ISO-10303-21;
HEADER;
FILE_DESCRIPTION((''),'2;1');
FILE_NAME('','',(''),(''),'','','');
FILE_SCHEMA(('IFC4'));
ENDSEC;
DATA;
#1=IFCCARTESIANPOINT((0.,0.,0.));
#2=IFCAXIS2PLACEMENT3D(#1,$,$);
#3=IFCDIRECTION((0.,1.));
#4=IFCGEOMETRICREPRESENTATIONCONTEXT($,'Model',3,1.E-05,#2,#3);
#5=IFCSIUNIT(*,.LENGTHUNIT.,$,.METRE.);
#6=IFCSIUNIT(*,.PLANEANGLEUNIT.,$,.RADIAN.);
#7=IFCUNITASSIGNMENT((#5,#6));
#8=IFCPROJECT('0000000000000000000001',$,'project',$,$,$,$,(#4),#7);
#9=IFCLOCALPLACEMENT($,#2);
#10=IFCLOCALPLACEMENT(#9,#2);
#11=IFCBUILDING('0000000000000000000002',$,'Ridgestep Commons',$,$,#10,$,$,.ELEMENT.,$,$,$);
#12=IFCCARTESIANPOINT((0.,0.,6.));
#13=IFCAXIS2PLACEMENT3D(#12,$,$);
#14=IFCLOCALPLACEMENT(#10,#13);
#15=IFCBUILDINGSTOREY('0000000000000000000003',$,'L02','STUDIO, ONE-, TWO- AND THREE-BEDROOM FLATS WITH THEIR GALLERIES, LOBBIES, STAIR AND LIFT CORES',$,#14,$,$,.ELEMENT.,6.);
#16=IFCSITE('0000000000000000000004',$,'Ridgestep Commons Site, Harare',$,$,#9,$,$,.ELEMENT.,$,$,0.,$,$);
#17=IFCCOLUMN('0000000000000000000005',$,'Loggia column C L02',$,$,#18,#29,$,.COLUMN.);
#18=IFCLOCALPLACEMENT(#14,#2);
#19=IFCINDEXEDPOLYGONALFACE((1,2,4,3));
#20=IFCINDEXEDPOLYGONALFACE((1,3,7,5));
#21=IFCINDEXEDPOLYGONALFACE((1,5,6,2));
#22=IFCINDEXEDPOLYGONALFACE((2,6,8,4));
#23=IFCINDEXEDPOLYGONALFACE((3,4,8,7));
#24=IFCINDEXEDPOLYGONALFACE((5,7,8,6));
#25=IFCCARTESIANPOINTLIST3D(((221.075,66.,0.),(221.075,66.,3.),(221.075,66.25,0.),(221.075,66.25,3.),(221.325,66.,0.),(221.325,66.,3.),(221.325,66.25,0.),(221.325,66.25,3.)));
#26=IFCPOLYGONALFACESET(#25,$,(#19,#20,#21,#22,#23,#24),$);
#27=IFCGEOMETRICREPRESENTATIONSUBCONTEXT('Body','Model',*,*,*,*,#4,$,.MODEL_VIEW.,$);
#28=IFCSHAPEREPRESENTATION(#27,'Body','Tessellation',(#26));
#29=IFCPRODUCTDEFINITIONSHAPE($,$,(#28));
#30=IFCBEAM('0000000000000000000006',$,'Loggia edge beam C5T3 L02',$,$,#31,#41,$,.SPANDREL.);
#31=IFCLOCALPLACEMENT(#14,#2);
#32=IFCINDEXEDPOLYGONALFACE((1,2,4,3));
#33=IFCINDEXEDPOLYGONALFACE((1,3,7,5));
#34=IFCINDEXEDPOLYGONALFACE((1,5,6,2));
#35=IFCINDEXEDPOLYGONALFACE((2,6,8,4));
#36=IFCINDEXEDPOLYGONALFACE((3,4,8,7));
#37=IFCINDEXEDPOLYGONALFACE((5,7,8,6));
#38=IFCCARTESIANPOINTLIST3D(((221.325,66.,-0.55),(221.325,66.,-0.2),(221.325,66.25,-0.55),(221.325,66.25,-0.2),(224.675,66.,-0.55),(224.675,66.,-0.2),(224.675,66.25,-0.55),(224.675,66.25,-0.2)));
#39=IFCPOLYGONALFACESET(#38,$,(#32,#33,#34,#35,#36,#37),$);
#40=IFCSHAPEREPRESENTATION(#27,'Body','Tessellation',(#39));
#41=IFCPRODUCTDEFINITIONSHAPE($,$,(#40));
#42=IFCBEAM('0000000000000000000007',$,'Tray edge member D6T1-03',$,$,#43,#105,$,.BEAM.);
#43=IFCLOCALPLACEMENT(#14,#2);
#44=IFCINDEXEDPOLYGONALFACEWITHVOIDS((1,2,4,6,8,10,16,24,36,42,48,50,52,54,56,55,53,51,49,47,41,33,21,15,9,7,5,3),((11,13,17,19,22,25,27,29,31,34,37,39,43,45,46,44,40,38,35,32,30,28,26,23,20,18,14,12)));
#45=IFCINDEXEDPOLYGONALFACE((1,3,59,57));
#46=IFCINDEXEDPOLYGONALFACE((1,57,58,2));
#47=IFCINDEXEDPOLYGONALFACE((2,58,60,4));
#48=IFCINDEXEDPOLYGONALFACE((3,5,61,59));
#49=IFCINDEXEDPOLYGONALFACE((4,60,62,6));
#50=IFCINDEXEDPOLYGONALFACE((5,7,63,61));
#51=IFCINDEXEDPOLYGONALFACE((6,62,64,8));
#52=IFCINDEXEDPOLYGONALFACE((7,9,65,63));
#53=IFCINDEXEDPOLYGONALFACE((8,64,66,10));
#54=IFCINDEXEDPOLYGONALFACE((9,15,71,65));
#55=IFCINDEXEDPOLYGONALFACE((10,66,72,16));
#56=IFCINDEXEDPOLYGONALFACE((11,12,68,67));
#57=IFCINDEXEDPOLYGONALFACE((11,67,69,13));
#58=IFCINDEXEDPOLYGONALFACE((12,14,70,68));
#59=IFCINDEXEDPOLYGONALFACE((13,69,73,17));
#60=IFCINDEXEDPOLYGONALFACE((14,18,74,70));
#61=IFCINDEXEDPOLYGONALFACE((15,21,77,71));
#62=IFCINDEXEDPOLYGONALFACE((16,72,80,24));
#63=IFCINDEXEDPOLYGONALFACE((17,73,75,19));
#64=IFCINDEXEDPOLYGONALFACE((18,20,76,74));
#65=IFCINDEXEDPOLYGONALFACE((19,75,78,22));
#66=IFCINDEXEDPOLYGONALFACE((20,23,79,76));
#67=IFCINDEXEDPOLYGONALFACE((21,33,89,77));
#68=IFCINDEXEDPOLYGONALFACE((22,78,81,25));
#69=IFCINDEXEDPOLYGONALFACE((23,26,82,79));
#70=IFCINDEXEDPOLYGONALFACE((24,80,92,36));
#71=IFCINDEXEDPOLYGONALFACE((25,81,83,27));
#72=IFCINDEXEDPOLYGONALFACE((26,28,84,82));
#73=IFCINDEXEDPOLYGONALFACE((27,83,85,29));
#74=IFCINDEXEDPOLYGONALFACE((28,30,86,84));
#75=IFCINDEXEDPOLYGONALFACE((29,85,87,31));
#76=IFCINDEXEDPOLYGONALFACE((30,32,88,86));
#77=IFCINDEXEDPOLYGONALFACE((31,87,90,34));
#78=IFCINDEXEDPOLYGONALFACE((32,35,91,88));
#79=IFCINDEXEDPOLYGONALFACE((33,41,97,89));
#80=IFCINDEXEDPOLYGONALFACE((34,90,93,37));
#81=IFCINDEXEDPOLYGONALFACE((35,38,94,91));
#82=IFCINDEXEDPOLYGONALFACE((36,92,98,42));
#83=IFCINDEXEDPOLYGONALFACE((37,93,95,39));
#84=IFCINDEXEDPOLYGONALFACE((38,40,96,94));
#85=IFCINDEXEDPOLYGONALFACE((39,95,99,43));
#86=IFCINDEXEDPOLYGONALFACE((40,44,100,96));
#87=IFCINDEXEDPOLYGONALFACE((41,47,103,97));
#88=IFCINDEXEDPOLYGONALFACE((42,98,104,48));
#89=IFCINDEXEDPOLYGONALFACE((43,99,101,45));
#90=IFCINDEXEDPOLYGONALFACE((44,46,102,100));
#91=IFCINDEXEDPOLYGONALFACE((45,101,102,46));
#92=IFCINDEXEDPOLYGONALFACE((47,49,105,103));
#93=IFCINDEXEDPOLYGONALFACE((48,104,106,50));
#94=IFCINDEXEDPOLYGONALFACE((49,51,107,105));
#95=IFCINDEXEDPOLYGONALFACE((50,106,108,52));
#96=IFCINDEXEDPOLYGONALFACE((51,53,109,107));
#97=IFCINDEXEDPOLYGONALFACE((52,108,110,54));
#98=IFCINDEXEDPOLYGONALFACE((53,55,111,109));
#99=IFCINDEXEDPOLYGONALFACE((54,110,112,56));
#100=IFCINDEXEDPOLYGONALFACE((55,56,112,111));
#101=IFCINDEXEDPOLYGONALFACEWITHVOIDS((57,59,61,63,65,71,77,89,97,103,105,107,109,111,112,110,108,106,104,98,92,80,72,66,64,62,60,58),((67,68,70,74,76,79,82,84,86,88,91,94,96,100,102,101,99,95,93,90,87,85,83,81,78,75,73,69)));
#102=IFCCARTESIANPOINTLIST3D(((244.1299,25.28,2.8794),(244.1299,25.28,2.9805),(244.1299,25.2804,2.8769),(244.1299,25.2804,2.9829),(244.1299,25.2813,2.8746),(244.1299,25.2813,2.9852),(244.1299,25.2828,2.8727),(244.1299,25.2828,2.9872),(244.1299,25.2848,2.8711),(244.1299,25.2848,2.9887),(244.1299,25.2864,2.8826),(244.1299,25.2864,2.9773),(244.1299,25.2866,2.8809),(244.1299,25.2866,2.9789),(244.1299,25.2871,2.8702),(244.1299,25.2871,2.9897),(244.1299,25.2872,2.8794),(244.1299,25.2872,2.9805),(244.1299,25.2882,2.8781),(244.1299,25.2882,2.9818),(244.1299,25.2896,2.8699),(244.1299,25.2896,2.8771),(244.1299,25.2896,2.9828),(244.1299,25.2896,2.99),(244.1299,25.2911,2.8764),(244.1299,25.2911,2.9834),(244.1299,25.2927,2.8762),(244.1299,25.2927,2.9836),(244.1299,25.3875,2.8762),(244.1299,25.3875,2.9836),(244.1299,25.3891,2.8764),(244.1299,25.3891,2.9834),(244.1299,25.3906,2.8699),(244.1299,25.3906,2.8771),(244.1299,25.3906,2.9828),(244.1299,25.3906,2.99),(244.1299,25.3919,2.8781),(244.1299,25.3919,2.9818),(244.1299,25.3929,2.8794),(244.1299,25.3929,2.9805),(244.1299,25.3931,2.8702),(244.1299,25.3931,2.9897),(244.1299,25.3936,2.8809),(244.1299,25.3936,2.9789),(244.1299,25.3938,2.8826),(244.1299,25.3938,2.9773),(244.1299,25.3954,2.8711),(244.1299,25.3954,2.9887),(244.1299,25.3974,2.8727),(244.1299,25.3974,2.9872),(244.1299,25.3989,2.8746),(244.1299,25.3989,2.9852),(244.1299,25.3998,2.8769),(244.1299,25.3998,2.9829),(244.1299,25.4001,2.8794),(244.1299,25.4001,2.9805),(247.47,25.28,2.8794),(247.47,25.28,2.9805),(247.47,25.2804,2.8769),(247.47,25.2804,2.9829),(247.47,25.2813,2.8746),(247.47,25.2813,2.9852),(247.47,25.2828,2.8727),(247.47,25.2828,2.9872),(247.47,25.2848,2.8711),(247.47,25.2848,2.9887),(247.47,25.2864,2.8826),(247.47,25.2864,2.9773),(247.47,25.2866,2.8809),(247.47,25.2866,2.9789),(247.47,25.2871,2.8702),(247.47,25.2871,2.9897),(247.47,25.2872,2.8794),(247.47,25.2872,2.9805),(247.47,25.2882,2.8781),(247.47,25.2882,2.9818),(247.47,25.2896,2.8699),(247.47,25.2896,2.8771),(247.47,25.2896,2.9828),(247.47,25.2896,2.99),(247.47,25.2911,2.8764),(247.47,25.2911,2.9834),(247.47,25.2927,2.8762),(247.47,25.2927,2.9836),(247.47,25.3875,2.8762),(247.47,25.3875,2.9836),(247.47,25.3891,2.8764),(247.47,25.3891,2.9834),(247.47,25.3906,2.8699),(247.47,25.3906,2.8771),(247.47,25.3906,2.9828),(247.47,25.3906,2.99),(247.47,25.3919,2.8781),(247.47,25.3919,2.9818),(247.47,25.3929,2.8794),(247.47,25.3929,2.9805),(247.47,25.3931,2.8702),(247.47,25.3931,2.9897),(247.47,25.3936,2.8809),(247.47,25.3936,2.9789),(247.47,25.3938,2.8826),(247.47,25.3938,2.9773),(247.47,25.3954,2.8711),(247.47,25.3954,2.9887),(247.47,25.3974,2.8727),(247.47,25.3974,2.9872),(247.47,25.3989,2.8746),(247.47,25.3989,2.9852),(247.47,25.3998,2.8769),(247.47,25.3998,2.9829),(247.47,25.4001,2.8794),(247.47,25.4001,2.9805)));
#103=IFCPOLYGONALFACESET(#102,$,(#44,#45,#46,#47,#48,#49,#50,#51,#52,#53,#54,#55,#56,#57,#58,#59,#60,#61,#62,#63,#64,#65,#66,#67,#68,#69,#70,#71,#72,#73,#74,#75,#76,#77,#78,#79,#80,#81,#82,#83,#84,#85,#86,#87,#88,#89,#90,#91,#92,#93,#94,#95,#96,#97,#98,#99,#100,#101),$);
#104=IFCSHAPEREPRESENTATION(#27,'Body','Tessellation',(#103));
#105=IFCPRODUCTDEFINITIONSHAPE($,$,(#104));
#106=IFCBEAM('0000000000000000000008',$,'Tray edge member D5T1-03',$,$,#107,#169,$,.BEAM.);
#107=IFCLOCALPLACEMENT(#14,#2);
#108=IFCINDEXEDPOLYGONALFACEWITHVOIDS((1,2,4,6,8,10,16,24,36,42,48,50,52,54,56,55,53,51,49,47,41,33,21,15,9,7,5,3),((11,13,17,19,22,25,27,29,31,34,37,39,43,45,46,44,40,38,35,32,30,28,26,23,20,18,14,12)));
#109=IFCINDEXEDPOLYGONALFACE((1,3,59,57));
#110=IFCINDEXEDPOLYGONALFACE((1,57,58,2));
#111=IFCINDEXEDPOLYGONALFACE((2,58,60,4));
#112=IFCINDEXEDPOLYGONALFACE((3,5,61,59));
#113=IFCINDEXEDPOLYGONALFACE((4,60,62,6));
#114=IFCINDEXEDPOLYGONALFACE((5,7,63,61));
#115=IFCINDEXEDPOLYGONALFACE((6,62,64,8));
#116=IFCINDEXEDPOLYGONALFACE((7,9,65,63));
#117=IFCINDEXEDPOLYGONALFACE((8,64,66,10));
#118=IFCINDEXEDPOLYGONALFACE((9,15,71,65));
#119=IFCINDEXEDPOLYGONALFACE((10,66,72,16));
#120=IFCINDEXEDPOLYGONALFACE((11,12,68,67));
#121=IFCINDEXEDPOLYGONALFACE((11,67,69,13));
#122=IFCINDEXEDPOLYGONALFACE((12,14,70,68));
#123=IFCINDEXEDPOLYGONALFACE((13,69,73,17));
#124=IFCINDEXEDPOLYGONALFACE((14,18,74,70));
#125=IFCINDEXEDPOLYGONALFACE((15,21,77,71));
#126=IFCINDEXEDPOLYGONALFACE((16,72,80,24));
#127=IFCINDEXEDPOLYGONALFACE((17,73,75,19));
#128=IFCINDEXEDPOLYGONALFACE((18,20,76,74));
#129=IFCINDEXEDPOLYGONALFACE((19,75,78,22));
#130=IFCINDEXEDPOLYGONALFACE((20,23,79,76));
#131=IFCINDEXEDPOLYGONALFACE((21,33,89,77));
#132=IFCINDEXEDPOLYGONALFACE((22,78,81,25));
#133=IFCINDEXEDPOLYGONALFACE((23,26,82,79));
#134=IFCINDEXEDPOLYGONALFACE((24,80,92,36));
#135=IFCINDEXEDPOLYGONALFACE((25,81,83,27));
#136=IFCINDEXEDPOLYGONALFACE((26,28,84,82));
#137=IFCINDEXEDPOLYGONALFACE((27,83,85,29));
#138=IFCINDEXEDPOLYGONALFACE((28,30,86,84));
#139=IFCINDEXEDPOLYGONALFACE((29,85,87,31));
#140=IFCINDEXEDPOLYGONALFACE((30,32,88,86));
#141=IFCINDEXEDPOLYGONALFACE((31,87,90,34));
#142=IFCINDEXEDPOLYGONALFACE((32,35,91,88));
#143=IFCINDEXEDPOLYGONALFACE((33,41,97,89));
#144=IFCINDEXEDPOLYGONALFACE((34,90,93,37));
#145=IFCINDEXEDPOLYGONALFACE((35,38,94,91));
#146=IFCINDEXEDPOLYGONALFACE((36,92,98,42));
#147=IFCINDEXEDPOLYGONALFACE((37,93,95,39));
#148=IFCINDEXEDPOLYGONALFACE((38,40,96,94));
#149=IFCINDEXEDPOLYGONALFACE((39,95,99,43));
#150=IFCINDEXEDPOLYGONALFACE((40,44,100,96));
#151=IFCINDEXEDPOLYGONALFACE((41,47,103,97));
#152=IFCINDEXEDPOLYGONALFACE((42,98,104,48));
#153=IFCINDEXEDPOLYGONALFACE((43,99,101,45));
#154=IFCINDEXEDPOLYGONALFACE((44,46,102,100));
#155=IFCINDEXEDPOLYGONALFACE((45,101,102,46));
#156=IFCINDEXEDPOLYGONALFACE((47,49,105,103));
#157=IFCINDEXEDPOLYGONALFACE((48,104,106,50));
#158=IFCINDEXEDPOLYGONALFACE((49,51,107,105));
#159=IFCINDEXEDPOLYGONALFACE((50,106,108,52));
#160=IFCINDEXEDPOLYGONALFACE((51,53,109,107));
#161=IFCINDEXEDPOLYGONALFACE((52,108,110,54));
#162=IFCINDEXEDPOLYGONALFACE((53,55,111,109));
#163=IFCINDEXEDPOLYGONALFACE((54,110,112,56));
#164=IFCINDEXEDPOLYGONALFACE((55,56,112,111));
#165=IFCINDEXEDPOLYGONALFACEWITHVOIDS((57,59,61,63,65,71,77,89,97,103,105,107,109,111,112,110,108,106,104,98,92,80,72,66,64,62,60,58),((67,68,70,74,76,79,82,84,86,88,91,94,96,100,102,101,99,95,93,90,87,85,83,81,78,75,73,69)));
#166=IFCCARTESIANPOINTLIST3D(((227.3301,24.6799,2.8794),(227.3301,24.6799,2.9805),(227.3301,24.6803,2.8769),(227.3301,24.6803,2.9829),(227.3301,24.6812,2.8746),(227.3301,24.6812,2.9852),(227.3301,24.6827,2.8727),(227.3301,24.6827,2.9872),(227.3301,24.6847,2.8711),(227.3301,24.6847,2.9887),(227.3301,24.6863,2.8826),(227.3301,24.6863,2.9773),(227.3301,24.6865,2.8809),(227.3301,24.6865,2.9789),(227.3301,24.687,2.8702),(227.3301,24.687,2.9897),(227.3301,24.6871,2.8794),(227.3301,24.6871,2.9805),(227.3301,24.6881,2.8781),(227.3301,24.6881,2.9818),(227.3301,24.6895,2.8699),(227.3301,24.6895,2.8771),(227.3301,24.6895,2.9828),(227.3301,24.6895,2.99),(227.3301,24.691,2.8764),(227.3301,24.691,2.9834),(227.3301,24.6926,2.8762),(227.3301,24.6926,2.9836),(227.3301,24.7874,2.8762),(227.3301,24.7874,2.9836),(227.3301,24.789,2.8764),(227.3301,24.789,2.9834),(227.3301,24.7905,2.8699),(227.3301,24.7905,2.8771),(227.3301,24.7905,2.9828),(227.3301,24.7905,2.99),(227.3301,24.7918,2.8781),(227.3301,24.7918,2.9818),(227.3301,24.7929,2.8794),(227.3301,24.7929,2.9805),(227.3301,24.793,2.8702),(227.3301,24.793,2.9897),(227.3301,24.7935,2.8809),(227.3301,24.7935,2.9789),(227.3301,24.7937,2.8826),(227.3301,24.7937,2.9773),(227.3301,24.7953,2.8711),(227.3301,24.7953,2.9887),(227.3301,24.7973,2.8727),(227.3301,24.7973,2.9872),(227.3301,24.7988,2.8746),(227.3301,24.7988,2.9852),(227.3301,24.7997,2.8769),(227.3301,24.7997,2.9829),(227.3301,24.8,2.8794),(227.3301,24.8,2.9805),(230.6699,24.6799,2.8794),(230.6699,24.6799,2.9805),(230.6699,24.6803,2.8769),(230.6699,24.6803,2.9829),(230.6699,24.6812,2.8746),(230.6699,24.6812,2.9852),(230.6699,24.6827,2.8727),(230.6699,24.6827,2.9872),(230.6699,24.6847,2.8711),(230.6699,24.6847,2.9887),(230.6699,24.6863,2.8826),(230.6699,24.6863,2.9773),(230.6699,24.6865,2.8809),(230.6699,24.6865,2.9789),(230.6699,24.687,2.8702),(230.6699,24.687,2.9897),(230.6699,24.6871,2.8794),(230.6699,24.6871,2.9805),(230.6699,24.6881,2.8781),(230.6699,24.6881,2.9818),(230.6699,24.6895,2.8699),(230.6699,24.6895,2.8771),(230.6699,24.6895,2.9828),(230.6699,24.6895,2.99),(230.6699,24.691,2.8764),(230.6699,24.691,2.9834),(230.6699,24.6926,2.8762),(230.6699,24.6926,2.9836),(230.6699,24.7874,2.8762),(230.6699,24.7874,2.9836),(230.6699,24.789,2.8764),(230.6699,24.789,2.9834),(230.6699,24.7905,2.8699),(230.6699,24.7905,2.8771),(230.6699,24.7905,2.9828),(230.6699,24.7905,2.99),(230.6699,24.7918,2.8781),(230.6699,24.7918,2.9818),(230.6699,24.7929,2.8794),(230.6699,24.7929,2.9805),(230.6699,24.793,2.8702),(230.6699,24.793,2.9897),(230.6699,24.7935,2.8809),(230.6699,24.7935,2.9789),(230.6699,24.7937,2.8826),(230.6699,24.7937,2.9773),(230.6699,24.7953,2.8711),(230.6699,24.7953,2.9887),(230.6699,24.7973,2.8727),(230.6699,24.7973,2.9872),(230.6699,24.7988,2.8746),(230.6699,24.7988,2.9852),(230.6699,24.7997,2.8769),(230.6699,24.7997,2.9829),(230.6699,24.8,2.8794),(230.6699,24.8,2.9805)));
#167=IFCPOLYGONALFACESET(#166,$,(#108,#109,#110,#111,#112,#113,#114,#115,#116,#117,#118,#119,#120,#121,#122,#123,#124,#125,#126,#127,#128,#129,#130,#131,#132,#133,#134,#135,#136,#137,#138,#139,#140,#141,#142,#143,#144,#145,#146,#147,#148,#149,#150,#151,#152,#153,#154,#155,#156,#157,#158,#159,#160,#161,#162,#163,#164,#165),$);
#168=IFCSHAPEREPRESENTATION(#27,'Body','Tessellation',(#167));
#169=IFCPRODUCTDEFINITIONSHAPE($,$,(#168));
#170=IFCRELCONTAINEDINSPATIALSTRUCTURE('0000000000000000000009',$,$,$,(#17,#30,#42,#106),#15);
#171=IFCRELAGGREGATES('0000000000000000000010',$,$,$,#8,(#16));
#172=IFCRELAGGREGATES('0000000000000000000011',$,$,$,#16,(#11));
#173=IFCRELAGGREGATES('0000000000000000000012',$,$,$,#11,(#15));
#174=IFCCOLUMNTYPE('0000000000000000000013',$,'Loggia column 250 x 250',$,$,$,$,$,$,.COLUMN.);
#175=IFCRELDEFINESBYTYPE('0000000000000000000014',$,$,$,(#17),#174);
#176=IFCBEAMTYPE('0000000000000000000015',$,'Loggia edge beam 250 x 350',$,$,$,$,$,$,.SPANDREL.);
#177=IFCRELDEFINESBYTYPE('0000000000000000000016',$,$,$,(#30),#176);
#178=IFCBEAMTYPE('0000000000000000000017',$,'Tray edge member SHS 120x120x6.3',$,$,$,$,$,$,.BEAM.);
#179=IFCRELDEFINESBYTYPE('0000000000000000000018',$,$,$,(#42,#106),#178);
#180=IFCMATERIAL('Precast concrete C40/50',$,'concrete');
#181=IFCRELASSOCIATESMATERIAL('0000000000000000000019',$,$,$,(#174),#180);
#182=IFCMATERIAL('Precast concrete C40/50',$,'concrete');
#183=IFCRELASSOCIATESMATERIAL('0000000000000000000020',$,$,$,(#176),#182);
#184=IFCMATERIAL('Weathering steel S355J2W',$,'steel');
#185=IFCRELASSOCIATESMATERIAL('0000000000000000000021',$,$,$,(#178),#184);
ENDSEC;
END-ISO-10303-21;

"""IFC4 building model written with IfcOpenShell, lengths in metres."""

from ifc_helpers import new_model, si_unit, direction, frame, origin, origin_2d, place, context, subcontext, project, spatial, rectangle, hollow_rectangle, extrude, material, material_profile, profile_set, type_object, element, save


model = new_model("IFC4")

# Units and contexts
model_context = context("Model", 3, precision=1e-05, world=origin(), true_north=direction((0.0, 1.0)))
body_context = subcontext(model_context, "Body", "Model", "MODEL_VIEW")
ifc_project = project(units=[si_unit("LENGTHUNIT", "METRE"), si_unit("PLANEANGLEUNIT", "RADIAN")], contexts=[model_context])

# Site, building, storey
site_placement = place(None, origin())
site = spatial("IfcSite", under=ifc_project, at=site_placement, Name="Ridgestep Commons Site, Harare", CompositionType="ELEMENT", RefElevation=0.0)
building_placement = place(site_placement, origin())
building = spatial("IfcBuilding", under=site, at=building_placement, Name="Ridgestep Commons", CompositionType="ELEMENT")
storey_placement = place(building_placement, frame((0.0, 0.0, 6.0)))
storey = spatial("IfcBuildingStorey", under=building, at=storey_placement, Name="L02", Description="STUDIO, ONE-, TWO- AND THREE-BEDROOM FLATS WITH THEIR GALLERIES, LOBBIES, STAIR AND LIFT CORES", CompositionType="ELEMENT", Elevation=6.0)

# Column
ifc_material_1 = material(Name="Precast concrete C40/50", Category="concrete")
ifc_material_profile_1 = material_profile(ifc_material_1, rectangle(XDim=0.25, YDim=0.25, at=origin_2d()), Name="PC 250x250")
ifc_profile_set_1 = profile_set([ifc_material_profile_1], Name="Precast concrete C40/50")
column_type = type_object("IfcColumnType", Name="Loggia column 250 x 250", PredefinedType="COLUMN", material=ifc_profile_set_1)
column_placement = place(storey_placement, frame((221.2, 66.125, 0.0), z_axis=(0.0, 0.0, 1.0), x_axis=(1.0, 0.0, 0.0)))
element("IfcColumn", 1, at=column_placement, inside=storey, type_object=column_type, Name="Loggia column C L02", PredefinedType="COLUMN", context=body_context, shape_type="SweptSolid", body=[
    extrude(rectangle(XDim=0.25, YDim=0.25, at=origin_2d()), origin(), (0.0, 0.0, 1.0), 3.0),
])

# Beams
ifc_material_2 = material(Name="Precast concrete C40/50", Category="concrete")
ifc_material_profile_2 = material_profile(ifc_material_2, rectangle(XDim=0.25, YDim=0.3501, at=origin_2d()), Name="PC 250x350")
ifc_profile_set_2 = profile_set([ifc_material_profile_2], Name="Precast concrete C40/50")
beam_type_1 = type_object("IfcBeamType", Name="Loggia edge beam 250 x 350", PredefinedType="SPANDREL", material=ifc_profile_set_2)
beam_1_placement = place(storey_placement, frame((221.325, 66.125, -0.375), z_axis=(1.0, 0.0, 0.0), x_axis=(0.0, 1.0, 0.0)))
element("IfcBeam", 2, at=beam_1_placement, inside=storey, type_object=beam_type_1, Name="Loggia edge beam C5T3 L02", PredefinedType="SPANDREL", context=body_context, shape_type="SweptSolid", body=[
    extrude(rectangle(XDim=0.25, YDim=0.3501, at=origin_2d()), origin(), (0.0, 0.0, 1.0), 3.3501),
])
ifc_material_3 = material(Name="Weathering steel S355J2W", Category="steel")
ifc_material_profile_3 = material_profile(ifc_material_3, hollow_rectangle(XDim=0.1201, YDim=0.1201, WallThickness=0.0063, InnerFilletRadius=0.0063, OuterFilletRadius=0.0095, at=origin_2d()), Name="SHS 120x120x6.3")
ifc_profile_set_3 = profile_set([ifc_material_profile_3], Name="Weathering steel S355J2W")
beam_type_2 = type_object("IfcBeamType", Name="Tray edge member SHS 120x120x6.3", PredefinedType="BEAM", material=ifc_profile_set_3)
beam_2_placement = place(storey_placement, frame((244.1299, 25.3401, 2.9299), z_axis=(1.0, 0.0, 0.0), x_axis=(0.0, 0.0, 1.0)))
element("IfcBeam", 3, at=beam_2_placement, inside=storey, type_object=beam_type_2, Name="Tray edge member D6T1-03", PredefinedType="BEAM", context=body_context, shape_type="SweptSolid", body=[
    extrude(hollow_rectangle(XDim=0.1201, YDim=0.1201, WallThickness=0.0063, InnerFilletRadius=0.0063, OuterFilletRadius=0.0095, at=origin_2d()), origin(), (0.0, 0.0, 1.0), 3.3401),
])
beam_3_placement = place(storey_placement, frame((227.3301, 24.74, 2.9299), z_axis=(1.0, 0.0, 0.0), x_axis=(0.0, 0.0, 1.0)))
element("IfcBeam", 4, at=beam_3_placement, inside=storey, type_object=beam_type_2, Name="Tray edge member D5T1-03", PredefinedType="BEAM", context=body_context, shape_type="SweptSolid", body=[
    extrude(hollow_rectangle(XDim=0.1201, YDim=0.1201, WallThickness=0.0063, InnerFilletRadius=0.0063, OuterFilletRadius=0.0095, at=origin_2d()), origin(), (0.0, 0.0, 1.0), 3.3398),
])

save(model, "model.ifc")
